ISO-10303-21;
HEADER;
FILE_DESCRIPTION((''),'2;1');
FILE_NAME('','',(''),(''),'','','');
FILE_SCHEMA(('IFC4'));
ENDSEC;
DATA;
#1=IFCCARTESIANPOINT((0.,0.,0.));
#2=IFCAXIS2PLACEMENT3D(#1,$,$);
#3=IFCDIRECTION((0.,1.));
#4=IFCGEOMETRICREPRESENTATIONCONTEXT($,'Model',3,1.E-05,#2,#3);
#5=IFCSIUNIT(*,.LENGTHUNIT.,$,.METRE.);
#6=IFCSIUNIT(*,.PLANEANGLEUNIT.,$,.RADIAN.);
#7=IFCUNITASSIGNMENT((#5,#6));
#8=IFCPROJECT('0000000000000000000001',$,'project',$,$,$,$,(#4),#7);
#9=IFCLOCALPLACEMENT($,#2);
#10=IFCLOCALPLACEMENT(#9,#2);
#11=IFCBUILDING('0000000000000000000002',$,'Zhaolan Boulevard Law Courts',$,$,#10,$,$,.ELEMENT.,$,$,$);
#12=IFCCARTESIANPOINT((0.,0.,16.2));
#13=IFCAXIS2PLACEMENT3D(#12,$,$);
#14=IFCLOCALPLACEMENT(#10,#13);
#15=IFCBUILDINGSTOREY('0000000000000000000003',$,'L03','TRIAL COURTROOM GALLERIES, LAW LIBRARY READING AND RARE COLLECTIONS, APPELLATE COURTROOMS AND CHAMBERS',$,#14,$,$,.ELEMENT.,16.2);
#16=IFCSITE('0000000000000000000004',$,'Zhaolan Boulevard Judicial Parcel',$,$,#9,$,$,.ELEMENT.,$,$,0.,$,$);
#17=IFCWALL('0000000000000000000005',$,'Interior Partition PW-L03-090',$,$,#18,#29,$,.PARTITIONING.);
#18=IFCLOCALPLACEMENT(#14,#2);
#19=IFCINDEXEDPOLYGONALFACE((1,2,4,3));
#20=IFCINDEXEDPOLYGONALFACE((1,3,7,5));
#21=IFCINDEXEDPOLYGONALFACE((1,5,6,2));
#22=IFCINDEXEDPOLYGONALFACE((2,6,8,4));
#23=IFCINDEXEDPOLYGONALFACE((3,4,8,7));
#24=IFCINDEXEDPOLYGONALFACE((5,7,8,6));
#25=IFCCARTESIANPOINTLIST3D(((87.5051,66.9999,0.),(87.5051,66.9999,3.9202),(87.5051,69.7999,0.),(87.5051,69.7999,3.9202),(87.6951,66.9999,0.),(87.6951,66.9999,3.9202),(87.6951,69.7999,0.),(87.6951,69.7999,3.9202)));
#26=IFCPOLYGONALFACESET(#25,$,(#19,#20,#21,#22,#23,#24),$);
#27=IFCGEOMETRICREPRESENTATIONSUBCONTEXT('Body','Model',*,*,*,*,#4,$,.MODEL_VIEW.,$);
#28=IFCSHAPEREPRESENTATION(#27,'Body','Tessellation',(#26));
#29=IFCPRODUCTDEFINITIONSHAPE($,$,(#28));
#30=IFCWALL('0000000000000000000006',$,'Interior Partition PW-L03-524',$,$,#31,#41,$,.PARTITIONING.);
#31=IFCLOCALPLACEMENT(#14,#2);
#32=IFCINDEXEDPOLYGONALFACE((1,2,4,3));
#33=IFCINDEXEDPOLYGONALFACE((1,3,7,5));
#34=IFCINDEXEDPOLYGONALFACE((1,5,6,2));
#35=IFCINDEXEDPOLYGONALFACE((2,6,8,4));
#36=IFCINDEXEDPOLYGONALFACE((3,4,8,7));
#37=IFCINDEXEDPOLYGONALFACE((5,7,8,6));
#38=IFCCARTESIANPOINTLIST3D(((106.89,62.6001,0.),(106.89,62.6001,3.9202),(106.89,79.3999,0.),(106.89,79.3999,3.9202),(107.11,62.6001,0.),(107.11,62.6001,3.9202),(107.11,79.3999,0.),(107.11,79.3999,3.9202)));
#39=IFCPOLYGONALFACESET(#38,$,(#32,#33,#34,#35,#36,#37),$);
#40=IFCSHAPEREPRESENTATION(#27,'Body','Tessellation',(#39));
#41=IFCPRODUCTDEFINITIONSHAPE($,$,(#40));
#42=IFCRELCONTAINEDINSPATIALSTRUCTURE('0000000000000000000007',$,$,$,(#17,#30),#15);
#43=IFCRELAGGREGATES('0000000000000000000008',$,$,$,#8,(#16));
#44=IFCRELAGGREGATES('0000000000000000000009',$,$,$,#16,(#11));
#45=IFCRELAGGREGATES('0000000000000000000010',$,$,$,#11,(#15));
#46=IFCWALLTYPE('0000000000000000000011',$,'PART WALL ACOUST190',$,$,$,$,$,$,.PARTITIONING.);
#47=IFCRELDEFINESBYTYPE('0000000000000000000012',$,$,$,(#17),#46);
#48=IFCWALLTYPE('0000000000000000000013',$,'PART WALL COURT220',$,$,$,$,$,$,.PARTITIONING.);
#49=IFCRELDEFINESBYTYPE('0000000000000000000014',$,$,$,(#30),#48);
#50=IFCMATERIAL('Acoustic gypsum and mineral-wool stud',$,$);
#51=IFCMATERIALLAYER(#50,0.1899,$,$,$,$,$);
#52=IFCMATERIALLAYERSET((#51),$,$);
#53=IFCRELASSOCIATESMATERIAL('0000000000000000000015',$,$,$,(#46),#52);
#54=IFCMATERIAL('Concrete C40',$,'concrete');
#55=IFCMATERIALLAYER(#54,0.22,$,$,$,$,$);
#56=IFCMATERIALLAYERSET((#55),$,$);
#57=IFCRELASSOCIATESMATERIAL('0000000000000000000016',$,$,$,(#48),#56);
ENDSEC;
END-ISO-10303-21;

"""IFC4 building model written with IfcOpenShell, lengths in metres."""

from ifc_helpers import new_model, si_unit, direction, frame, frame_2d, origin, place, context, subcontext, project, spatial, rectangle, extrude, material, layer, layer_set, type_object, element, save


model = new_model("IFC4")

# Units and contexts
model_context = context("Model", 3, precision=1e-05, world=origin(), true_north=direction((0.0, 1.0)))
body_context = subcontext(model_context, "Body", "Model", "MODEL_VIEW")
ifc_project = project(units=[si_unit("LENGTHUNIT", "METRE"), si_unit("PLANEANGLEUNIT", "RADIAN")], contexts=[model_context])

# Site, building, storey
site_placement = place(None, origin())
site = spatial("IfcSite", under=ifc_project, at=site_placement, Name="Zhaolan Boulevard Judicial Parcel", CompositionType="ELEMENT", RefElevation=0.0)
building_placement = place(site_placement, origin())
building = spatial("IfcBuilding", under=site, at=building_placement, Name="Zhaolan Boulevard Law Courts", CompositionType="ELEMENT")
storey_placement = place(building_placement, frame((0.0, 0.0, 16.2)))
storey = spatial("IfcBuildingStorey", under=building, at=storey_placement, Name="L03", Description="TRIAL COURTROOM GALLERIES, LAW LIBRARY READING AND RARE COLLECTIONS, APPELLATE COURTROOMS AND CHAMBERS", CompositionType="ELEMENT", Elevation=16.2)

# Walls
ifc_material_1 = material(Name="Acoustic gypsum and mineral-wool stud")
ifc_layer_1 = layer(ifc_material_1, 0.1899)
ifc_layer_set_1 = layer_set([ifc_layer_1])
wall_type_1 = type_object("IfcWallType", Name="PART WALL ACOUST190", PredefinedType="PARTITIONING", material=ifc_layer_set_1)
wall_1_placement = place(storey_placement, frame((87.6001, 67.0, 0.0), z_axis=(0.0, 0.0, 1.0), x_axis=(0.0, 1.0, 0.0)))
element("IfcWall", 1, at=wall_1_placement, inside=storey, type_object=wall_type_1, Name="Interior Partition PW-L03-090", PredefinedType="PARTITIONING", context=body_context, shape_type="SweptSolid", body=[
    extrude(rectangle(XDim=2.8, YDim=0.1899, at=frame_2d((1.3999, 0.0))), origin(), (0.0, 0.0, 1.0), 3.9202),
])
ifc_material_2 = material(Name="Concrete C40", Category="concrete")
ifc_layer_2 = layer(ifc_material_2, 0.22)
ifc_layer_set_2 = layer_set([ifc_layer_2])
wall_type_2 = type_object("IfcWallType", Name="PART WALL COURT220", PredefinedType="PARTITIONING", material=ifc_layer_set_2)
wall_2_placement = place(storey_placement, frame((107.0, 62.6001, 0.0), z_axis=(0.0, 0.0, 1.0), x_axis=(0.0, 1.0, 0.0)))
element("IfcWall", 2, at=wall_2_placement, inside=storey, type_object=wall_type_2, Name="Interior Partition PW-L03-524", PredefinedType="PARTITIONING", context=body_context, shape_type="SweptSolid", body=[
    extrude(rectangle(XDim=16.7998, YDim=0.22, at=frame_2d((8.3999, 0.0))), origin(), (0.0, 0.0, 1.0), 3.9202),
])

save(model, "model.ifc")
